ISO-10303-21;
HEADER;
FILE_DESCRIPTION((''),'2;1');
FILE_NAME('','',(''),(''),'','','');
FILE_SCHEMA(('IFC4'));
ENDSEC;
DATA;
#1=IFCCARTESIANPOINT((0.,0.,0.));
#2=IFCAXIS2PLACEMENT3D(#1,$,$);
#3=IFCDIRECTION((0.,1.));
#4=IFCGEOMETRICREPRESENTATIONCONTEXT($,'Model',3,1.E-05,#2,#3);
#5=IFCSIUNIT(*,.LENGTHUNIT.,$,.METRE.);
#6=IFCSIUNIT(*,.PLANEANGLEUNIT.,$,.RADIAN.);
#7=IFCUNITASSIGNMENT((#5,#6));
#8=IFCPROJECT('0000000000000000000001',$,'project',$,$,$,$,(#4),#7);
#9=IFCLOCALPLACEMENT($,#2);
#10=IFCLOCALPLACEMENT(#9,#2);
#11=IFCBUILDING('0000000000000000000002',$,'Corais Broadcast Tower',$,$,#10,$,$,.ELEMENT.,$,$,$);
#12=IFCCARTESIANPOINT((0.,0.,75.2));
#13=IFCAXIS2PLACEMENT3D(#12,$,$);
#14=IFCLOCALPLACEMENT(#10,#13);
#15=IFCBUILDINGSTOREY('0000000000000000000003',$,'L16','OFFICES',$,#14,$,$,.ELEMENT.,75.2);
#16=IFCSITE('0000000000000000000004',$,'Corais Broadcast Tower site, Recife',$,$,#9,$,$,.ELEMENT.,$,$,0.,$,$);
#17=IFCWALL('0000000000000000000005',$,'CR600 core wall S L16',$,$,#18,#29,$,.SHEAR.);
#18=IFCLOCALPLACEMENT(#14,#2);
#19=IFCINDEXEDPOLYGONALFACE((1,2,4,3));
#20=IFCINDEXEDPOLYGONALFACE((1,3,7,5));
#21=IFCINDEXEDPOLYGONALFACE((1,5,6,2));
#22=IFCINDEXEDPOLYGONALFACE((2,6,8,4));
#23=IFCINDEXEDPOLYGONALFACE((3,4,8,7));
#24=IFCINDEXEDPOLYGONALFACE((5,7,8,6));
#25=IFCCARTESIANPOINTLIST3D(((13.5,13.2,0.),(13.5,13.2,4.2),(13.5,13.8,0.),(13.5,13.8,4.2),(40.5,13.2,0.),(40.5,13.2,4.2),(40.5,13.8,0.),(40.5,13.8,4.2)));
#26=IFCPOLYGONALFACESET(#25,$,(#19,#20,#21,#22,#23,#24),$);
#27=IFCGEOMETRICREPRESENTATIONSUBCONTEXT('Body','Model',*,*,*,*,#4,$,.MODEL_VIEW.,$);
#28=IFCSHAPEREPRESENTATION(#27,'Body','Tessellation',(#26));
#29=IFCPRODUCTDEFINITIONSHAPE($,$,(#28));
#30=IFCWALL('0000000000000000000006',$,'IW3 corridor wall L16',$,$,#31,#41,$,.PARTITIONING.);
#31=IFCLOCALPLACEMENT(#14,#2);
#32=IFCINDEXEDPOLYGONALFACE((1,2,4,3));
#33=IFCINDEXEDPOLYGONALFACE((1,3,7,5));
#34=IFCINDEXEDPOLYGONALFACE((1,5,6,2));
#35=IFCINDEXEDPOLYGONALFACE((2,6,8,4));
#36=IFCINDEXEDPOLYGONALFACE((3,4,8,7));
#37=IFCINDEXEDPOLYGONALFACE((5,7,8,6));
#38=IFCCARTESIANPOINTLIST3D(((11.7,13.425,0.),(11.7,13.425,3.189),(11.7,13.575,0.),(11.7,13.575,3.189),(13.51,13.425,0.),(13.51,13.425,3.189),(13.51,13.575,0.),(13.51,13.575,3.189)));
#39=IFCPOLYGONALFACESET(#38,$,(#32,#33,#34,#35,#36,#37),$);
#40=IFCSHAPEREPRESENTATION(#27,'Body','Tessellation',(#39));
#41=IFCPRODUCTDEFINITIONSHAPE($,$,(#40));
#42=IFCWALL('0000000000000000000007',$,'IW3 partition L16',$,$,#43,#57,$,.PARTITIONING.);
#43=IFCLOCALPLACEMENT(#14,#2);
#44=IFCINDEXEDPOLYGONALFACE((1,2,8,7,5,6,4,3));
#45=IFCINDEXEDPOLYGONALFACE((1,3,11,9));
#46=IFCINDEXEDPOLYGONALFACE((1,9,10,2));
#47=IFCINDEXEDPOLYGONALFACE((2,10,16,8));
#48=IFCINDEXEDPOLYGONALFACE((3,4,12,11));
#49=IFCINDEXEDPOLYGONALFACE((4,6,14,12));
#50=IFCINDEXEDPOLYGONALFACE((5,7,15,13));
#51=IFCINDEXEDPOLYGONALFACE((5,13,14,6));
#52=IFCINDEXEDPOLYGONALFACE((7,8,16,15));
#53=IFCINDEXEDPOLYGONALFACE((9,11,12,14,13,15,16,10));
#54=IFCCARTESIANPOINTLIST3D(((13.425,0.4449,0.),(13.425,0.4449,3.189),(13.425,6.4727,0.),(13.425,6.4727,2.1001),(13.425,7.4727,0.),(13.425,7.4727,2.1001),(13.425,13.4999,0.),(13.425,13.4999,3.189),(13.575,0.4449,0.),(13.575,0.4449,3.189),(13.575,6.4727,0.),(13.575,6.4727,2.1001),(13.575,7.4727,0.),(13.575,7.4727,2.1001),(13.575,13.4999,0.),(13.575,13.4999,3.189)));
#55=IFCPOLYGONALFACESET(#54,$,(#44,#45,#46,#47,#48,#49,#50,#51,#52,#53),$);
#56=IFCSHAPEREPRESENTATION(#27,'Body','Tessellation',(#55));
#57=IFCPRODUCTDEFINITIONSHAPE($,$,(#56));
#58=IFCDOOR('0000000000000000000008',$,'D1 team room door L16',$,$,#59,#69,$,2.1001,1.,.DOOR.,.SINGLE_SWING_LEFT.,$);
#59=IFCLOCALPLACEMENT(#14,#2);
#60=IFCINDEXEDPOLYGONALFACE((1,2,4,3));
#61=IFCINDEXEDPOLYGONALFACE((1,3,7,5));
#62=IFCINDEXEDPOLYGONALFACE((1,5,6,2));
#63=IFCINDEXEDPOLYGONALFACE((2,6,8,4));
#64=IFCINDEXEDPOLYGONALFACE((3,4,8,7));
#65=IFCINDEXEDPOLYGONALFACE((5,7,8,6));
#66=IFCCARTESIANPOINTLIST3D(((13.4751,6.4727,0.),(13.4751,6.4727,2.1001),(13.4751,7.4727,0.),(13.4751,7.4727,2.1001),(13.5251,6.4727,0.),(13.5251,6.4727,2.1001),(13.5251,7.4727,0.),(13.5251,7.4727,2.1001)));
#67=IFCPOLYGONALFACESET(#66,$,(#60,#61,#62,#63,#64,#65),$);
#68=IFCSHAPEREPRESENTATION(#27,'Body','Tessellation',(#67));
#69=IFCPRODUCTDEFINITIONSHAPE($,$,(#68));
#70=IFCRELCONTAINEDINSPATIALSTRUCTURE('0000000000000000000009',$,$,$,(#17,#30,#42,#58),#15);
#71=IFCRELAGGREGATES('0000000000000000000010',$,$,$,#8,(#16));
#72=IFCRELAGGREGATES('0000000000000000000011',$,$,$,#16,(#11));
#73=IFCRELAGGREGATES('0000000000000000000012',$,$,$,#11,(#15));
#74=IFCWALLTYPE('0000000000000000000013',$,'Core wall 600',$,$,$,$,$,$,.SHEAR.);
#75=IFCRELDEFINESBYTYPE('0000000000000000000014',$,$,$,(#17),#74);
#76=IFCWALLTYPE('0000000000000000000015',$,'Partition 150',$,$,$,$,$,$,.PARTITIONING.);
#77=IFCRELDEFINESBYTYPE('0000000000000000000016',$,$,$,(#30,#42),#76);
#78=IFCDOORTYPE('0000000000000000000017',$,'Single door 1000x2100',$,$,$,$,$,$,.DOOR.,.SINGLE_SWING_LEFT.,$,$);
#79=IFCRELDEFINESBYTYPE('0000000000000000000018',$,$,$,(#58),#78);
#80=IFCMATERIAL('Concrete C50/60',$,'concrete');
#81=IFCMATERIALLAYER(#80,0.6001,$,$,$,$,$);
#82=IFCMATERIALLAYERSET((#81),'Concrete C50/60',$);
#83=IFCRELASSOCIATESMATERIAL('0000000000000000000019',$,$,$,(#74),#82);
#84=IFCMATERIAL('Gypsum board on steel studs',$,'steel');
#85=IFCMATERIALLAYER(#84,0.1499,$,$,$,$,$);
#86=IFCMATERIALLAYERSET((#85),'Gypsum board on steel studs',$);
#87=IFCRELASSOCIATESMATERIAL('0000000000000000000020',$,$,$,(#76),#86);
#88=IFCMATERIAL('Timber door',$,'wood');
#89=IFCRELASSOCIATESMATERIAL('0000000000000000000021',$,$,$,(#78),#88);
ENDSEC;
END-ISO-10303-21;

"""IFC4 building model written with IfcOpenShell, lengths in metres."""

from ifc_helpers import new_model, si_unit, direction, frame, frame_2d, origin, place, context, subcontext, project, spatial, rectangle, extrude, material, layer, layer_set, type_object, element, fill, save


model = new_model("IFC4")

# Units and contexts
model_context = context("Model", 3, precision=1e-05, world=origin(), true_north=direction((0.0, 1.0)))
body_context = subcontext(model_context, "Body", "Model", "MODEL_VIEW")
ifc_project = project(units=[si_unit("LENGTHUNIT", "METRE"), si_unit("PLANEANGLEUNIT", "RADIAN")], contexts=[model_context])

# Site, building, storey
site_placement = place(None, origin())
site = spatial("IfcSite", under=ifc_project, at=site_placement, Name="Corais Broadcast Tower site, Recife", CompositionType="ELEMENT", RefElevation=0.0)
building_placement = place(site_placement, origin())
building = spatial("IfcBuilding", under=site, at=building_placement, Name="Corais Broadcast Tower", CompositionType="ELEMENT")
storey_placement = place(building_placement, frame((0.0, 0.0, 75.2)))
storey = spatial("IfcBuildingStorey", under=building, at=storey_placement, Name="L16", Description="OFFICES", CompositionType="ELEMENT", Elevation=75.2)

# Walls
ifc_material_1 = material(Name="Concrete C50/60", Category="concrete")
ifc_layer_1 = layer(ifc_material_1, 0.6001)
ifc_layer_set_1 = layer_set([ifc_layer_1], Name="Concrete C50/60")
wall_type_1 = type_object("IfcWallType", Name="Core wall 600", PredefinedType="SHEAR", material=ifc_layer_set_1)
wall_1_placement = place(storey_placement, frame((13.5, 13.5, 0.0), z_axis=(0.0, 0.0, 1.0), x_axis=(1.0, 0.0, 0.0)))
element("IfcWall", 1, at=wall_1_placement, inside=storey, type_object=wall_type_1, Name="CR600 core wall S L16", PredefinedType="SHEAR", context=body_context, shape_type="SweptSolid", body=[
    extrude(rectangle(XDim=27.0, YDim=0.6001, at=frame_2d((13.5, 0.0))), origin(), (0.0, 0.0, 1.0), 4.2),
])
ifc_material_2 = material(Name="Gypsum board on steel studs", Category="steel")
ifc_layer_2 = layer(ifc_material_2, 0.1499)
ifc_layer_set_2 = layer_set([ifc_layer_2], Name="Gypsum board on steel studs")
wall_type_2 = type_object("IfcWallType", Name="Partition 150", PredefinedType="PARTITIONING", material=ifc_layer_set_2)
wall_2_placement = place(storey_placement, frame((11.7, 13.5, 0.0), z_axis=(0.0, 0.0, 1.0), x_axis=(1.0, 0.0, 0.0)))
element("IfcWall", 2, at=wall_2_placement, inside=storey, type_object=wall_type_2, Name="IW3 corridor wall L16", PredefinedType="PARTITIONING", context=body_context, shape_type="SweptSolid", body=[
    extrude(rectangle(XDim=1.8101, YDim=0.1499, at=frame_2d((0.905, 0.0))), origin(), (0.0, 0.0, 1.0), 3.189),
])

# Wall, opening, door
wall_3_placement = place(storey_placement, frame((13.5, 0.4451, 0.0), z_axis=(0.0, 0.0, 1.0), x_axis=(0.0, 1.0, 0.0)))
wall_3 = element("IfcWall", 3, at=wall_3_placement, inside=storey, type_object=wall_type_2, Name="IW3 partition L16", PredefinedType="PARTITIONING", context=body_context, shape_type="SweptSolid", body=[
    extrude(rectangle(XDim=13.0549, YDim=0.1499, at=frame_2d((6.5273, 0.0))), origin(), (0.0, 0.0, 1.0), 3.189),
])
opening_placement = place(wall_3_placement, frame((6.0276, 0.0, 0.0)))
opening = element("IfcOpeningElement", 4, at=opening_placement, cuts=wall_3, PredefinedType="OPENING", context=body_context, shape_type="SweptSolid", body=[
    extrude(rectangle(XDim=1.0, YDim=2.1001, at=frame_2d((0.5, 1.05))), frame((0.0, 0.085, 0.0), z_axis=(0.0, -1.0, 0.0), x_axis=(1.0, 0.0, 0.0)), (0.0, 0.0, 1.0), 0.1699),
])
ifc_material_3 = material(Name="Timber door", Category="wood")
door_type = type_object("IfcDoorType", Name="Single door 1000x2100", OperationType="SINGLE_SWING_LEFT", PredefinedType="DOOR", material=ifc_material_3)
door_placement = place(opening_placement, origin())
door = element("IfcDoor", 5, at=door_placement, inside=storey, type_object=door_type, Name="D1 team room door L16", OperationType="SINGLE_SWING_LEFT", OverallHeight=2.1001, OverallWidth=1.0, PredefinedType="DOOR", context=body_context, shape_type="SweptSolid", body=[
    extrude(rectangle(XDim=1.0, YDim=2.1001, at=frame_2d((0.5, 1.05))), frame((0.0, 0.0249, 0.0), z_axis=(0.0, -1.0, 0.0), x_axis=(1.0, 0.0, 0.0)), (0.0, 0.0, 1.0), 0.05),
])
fill(opening, door)

save(model, "model.ifc")
